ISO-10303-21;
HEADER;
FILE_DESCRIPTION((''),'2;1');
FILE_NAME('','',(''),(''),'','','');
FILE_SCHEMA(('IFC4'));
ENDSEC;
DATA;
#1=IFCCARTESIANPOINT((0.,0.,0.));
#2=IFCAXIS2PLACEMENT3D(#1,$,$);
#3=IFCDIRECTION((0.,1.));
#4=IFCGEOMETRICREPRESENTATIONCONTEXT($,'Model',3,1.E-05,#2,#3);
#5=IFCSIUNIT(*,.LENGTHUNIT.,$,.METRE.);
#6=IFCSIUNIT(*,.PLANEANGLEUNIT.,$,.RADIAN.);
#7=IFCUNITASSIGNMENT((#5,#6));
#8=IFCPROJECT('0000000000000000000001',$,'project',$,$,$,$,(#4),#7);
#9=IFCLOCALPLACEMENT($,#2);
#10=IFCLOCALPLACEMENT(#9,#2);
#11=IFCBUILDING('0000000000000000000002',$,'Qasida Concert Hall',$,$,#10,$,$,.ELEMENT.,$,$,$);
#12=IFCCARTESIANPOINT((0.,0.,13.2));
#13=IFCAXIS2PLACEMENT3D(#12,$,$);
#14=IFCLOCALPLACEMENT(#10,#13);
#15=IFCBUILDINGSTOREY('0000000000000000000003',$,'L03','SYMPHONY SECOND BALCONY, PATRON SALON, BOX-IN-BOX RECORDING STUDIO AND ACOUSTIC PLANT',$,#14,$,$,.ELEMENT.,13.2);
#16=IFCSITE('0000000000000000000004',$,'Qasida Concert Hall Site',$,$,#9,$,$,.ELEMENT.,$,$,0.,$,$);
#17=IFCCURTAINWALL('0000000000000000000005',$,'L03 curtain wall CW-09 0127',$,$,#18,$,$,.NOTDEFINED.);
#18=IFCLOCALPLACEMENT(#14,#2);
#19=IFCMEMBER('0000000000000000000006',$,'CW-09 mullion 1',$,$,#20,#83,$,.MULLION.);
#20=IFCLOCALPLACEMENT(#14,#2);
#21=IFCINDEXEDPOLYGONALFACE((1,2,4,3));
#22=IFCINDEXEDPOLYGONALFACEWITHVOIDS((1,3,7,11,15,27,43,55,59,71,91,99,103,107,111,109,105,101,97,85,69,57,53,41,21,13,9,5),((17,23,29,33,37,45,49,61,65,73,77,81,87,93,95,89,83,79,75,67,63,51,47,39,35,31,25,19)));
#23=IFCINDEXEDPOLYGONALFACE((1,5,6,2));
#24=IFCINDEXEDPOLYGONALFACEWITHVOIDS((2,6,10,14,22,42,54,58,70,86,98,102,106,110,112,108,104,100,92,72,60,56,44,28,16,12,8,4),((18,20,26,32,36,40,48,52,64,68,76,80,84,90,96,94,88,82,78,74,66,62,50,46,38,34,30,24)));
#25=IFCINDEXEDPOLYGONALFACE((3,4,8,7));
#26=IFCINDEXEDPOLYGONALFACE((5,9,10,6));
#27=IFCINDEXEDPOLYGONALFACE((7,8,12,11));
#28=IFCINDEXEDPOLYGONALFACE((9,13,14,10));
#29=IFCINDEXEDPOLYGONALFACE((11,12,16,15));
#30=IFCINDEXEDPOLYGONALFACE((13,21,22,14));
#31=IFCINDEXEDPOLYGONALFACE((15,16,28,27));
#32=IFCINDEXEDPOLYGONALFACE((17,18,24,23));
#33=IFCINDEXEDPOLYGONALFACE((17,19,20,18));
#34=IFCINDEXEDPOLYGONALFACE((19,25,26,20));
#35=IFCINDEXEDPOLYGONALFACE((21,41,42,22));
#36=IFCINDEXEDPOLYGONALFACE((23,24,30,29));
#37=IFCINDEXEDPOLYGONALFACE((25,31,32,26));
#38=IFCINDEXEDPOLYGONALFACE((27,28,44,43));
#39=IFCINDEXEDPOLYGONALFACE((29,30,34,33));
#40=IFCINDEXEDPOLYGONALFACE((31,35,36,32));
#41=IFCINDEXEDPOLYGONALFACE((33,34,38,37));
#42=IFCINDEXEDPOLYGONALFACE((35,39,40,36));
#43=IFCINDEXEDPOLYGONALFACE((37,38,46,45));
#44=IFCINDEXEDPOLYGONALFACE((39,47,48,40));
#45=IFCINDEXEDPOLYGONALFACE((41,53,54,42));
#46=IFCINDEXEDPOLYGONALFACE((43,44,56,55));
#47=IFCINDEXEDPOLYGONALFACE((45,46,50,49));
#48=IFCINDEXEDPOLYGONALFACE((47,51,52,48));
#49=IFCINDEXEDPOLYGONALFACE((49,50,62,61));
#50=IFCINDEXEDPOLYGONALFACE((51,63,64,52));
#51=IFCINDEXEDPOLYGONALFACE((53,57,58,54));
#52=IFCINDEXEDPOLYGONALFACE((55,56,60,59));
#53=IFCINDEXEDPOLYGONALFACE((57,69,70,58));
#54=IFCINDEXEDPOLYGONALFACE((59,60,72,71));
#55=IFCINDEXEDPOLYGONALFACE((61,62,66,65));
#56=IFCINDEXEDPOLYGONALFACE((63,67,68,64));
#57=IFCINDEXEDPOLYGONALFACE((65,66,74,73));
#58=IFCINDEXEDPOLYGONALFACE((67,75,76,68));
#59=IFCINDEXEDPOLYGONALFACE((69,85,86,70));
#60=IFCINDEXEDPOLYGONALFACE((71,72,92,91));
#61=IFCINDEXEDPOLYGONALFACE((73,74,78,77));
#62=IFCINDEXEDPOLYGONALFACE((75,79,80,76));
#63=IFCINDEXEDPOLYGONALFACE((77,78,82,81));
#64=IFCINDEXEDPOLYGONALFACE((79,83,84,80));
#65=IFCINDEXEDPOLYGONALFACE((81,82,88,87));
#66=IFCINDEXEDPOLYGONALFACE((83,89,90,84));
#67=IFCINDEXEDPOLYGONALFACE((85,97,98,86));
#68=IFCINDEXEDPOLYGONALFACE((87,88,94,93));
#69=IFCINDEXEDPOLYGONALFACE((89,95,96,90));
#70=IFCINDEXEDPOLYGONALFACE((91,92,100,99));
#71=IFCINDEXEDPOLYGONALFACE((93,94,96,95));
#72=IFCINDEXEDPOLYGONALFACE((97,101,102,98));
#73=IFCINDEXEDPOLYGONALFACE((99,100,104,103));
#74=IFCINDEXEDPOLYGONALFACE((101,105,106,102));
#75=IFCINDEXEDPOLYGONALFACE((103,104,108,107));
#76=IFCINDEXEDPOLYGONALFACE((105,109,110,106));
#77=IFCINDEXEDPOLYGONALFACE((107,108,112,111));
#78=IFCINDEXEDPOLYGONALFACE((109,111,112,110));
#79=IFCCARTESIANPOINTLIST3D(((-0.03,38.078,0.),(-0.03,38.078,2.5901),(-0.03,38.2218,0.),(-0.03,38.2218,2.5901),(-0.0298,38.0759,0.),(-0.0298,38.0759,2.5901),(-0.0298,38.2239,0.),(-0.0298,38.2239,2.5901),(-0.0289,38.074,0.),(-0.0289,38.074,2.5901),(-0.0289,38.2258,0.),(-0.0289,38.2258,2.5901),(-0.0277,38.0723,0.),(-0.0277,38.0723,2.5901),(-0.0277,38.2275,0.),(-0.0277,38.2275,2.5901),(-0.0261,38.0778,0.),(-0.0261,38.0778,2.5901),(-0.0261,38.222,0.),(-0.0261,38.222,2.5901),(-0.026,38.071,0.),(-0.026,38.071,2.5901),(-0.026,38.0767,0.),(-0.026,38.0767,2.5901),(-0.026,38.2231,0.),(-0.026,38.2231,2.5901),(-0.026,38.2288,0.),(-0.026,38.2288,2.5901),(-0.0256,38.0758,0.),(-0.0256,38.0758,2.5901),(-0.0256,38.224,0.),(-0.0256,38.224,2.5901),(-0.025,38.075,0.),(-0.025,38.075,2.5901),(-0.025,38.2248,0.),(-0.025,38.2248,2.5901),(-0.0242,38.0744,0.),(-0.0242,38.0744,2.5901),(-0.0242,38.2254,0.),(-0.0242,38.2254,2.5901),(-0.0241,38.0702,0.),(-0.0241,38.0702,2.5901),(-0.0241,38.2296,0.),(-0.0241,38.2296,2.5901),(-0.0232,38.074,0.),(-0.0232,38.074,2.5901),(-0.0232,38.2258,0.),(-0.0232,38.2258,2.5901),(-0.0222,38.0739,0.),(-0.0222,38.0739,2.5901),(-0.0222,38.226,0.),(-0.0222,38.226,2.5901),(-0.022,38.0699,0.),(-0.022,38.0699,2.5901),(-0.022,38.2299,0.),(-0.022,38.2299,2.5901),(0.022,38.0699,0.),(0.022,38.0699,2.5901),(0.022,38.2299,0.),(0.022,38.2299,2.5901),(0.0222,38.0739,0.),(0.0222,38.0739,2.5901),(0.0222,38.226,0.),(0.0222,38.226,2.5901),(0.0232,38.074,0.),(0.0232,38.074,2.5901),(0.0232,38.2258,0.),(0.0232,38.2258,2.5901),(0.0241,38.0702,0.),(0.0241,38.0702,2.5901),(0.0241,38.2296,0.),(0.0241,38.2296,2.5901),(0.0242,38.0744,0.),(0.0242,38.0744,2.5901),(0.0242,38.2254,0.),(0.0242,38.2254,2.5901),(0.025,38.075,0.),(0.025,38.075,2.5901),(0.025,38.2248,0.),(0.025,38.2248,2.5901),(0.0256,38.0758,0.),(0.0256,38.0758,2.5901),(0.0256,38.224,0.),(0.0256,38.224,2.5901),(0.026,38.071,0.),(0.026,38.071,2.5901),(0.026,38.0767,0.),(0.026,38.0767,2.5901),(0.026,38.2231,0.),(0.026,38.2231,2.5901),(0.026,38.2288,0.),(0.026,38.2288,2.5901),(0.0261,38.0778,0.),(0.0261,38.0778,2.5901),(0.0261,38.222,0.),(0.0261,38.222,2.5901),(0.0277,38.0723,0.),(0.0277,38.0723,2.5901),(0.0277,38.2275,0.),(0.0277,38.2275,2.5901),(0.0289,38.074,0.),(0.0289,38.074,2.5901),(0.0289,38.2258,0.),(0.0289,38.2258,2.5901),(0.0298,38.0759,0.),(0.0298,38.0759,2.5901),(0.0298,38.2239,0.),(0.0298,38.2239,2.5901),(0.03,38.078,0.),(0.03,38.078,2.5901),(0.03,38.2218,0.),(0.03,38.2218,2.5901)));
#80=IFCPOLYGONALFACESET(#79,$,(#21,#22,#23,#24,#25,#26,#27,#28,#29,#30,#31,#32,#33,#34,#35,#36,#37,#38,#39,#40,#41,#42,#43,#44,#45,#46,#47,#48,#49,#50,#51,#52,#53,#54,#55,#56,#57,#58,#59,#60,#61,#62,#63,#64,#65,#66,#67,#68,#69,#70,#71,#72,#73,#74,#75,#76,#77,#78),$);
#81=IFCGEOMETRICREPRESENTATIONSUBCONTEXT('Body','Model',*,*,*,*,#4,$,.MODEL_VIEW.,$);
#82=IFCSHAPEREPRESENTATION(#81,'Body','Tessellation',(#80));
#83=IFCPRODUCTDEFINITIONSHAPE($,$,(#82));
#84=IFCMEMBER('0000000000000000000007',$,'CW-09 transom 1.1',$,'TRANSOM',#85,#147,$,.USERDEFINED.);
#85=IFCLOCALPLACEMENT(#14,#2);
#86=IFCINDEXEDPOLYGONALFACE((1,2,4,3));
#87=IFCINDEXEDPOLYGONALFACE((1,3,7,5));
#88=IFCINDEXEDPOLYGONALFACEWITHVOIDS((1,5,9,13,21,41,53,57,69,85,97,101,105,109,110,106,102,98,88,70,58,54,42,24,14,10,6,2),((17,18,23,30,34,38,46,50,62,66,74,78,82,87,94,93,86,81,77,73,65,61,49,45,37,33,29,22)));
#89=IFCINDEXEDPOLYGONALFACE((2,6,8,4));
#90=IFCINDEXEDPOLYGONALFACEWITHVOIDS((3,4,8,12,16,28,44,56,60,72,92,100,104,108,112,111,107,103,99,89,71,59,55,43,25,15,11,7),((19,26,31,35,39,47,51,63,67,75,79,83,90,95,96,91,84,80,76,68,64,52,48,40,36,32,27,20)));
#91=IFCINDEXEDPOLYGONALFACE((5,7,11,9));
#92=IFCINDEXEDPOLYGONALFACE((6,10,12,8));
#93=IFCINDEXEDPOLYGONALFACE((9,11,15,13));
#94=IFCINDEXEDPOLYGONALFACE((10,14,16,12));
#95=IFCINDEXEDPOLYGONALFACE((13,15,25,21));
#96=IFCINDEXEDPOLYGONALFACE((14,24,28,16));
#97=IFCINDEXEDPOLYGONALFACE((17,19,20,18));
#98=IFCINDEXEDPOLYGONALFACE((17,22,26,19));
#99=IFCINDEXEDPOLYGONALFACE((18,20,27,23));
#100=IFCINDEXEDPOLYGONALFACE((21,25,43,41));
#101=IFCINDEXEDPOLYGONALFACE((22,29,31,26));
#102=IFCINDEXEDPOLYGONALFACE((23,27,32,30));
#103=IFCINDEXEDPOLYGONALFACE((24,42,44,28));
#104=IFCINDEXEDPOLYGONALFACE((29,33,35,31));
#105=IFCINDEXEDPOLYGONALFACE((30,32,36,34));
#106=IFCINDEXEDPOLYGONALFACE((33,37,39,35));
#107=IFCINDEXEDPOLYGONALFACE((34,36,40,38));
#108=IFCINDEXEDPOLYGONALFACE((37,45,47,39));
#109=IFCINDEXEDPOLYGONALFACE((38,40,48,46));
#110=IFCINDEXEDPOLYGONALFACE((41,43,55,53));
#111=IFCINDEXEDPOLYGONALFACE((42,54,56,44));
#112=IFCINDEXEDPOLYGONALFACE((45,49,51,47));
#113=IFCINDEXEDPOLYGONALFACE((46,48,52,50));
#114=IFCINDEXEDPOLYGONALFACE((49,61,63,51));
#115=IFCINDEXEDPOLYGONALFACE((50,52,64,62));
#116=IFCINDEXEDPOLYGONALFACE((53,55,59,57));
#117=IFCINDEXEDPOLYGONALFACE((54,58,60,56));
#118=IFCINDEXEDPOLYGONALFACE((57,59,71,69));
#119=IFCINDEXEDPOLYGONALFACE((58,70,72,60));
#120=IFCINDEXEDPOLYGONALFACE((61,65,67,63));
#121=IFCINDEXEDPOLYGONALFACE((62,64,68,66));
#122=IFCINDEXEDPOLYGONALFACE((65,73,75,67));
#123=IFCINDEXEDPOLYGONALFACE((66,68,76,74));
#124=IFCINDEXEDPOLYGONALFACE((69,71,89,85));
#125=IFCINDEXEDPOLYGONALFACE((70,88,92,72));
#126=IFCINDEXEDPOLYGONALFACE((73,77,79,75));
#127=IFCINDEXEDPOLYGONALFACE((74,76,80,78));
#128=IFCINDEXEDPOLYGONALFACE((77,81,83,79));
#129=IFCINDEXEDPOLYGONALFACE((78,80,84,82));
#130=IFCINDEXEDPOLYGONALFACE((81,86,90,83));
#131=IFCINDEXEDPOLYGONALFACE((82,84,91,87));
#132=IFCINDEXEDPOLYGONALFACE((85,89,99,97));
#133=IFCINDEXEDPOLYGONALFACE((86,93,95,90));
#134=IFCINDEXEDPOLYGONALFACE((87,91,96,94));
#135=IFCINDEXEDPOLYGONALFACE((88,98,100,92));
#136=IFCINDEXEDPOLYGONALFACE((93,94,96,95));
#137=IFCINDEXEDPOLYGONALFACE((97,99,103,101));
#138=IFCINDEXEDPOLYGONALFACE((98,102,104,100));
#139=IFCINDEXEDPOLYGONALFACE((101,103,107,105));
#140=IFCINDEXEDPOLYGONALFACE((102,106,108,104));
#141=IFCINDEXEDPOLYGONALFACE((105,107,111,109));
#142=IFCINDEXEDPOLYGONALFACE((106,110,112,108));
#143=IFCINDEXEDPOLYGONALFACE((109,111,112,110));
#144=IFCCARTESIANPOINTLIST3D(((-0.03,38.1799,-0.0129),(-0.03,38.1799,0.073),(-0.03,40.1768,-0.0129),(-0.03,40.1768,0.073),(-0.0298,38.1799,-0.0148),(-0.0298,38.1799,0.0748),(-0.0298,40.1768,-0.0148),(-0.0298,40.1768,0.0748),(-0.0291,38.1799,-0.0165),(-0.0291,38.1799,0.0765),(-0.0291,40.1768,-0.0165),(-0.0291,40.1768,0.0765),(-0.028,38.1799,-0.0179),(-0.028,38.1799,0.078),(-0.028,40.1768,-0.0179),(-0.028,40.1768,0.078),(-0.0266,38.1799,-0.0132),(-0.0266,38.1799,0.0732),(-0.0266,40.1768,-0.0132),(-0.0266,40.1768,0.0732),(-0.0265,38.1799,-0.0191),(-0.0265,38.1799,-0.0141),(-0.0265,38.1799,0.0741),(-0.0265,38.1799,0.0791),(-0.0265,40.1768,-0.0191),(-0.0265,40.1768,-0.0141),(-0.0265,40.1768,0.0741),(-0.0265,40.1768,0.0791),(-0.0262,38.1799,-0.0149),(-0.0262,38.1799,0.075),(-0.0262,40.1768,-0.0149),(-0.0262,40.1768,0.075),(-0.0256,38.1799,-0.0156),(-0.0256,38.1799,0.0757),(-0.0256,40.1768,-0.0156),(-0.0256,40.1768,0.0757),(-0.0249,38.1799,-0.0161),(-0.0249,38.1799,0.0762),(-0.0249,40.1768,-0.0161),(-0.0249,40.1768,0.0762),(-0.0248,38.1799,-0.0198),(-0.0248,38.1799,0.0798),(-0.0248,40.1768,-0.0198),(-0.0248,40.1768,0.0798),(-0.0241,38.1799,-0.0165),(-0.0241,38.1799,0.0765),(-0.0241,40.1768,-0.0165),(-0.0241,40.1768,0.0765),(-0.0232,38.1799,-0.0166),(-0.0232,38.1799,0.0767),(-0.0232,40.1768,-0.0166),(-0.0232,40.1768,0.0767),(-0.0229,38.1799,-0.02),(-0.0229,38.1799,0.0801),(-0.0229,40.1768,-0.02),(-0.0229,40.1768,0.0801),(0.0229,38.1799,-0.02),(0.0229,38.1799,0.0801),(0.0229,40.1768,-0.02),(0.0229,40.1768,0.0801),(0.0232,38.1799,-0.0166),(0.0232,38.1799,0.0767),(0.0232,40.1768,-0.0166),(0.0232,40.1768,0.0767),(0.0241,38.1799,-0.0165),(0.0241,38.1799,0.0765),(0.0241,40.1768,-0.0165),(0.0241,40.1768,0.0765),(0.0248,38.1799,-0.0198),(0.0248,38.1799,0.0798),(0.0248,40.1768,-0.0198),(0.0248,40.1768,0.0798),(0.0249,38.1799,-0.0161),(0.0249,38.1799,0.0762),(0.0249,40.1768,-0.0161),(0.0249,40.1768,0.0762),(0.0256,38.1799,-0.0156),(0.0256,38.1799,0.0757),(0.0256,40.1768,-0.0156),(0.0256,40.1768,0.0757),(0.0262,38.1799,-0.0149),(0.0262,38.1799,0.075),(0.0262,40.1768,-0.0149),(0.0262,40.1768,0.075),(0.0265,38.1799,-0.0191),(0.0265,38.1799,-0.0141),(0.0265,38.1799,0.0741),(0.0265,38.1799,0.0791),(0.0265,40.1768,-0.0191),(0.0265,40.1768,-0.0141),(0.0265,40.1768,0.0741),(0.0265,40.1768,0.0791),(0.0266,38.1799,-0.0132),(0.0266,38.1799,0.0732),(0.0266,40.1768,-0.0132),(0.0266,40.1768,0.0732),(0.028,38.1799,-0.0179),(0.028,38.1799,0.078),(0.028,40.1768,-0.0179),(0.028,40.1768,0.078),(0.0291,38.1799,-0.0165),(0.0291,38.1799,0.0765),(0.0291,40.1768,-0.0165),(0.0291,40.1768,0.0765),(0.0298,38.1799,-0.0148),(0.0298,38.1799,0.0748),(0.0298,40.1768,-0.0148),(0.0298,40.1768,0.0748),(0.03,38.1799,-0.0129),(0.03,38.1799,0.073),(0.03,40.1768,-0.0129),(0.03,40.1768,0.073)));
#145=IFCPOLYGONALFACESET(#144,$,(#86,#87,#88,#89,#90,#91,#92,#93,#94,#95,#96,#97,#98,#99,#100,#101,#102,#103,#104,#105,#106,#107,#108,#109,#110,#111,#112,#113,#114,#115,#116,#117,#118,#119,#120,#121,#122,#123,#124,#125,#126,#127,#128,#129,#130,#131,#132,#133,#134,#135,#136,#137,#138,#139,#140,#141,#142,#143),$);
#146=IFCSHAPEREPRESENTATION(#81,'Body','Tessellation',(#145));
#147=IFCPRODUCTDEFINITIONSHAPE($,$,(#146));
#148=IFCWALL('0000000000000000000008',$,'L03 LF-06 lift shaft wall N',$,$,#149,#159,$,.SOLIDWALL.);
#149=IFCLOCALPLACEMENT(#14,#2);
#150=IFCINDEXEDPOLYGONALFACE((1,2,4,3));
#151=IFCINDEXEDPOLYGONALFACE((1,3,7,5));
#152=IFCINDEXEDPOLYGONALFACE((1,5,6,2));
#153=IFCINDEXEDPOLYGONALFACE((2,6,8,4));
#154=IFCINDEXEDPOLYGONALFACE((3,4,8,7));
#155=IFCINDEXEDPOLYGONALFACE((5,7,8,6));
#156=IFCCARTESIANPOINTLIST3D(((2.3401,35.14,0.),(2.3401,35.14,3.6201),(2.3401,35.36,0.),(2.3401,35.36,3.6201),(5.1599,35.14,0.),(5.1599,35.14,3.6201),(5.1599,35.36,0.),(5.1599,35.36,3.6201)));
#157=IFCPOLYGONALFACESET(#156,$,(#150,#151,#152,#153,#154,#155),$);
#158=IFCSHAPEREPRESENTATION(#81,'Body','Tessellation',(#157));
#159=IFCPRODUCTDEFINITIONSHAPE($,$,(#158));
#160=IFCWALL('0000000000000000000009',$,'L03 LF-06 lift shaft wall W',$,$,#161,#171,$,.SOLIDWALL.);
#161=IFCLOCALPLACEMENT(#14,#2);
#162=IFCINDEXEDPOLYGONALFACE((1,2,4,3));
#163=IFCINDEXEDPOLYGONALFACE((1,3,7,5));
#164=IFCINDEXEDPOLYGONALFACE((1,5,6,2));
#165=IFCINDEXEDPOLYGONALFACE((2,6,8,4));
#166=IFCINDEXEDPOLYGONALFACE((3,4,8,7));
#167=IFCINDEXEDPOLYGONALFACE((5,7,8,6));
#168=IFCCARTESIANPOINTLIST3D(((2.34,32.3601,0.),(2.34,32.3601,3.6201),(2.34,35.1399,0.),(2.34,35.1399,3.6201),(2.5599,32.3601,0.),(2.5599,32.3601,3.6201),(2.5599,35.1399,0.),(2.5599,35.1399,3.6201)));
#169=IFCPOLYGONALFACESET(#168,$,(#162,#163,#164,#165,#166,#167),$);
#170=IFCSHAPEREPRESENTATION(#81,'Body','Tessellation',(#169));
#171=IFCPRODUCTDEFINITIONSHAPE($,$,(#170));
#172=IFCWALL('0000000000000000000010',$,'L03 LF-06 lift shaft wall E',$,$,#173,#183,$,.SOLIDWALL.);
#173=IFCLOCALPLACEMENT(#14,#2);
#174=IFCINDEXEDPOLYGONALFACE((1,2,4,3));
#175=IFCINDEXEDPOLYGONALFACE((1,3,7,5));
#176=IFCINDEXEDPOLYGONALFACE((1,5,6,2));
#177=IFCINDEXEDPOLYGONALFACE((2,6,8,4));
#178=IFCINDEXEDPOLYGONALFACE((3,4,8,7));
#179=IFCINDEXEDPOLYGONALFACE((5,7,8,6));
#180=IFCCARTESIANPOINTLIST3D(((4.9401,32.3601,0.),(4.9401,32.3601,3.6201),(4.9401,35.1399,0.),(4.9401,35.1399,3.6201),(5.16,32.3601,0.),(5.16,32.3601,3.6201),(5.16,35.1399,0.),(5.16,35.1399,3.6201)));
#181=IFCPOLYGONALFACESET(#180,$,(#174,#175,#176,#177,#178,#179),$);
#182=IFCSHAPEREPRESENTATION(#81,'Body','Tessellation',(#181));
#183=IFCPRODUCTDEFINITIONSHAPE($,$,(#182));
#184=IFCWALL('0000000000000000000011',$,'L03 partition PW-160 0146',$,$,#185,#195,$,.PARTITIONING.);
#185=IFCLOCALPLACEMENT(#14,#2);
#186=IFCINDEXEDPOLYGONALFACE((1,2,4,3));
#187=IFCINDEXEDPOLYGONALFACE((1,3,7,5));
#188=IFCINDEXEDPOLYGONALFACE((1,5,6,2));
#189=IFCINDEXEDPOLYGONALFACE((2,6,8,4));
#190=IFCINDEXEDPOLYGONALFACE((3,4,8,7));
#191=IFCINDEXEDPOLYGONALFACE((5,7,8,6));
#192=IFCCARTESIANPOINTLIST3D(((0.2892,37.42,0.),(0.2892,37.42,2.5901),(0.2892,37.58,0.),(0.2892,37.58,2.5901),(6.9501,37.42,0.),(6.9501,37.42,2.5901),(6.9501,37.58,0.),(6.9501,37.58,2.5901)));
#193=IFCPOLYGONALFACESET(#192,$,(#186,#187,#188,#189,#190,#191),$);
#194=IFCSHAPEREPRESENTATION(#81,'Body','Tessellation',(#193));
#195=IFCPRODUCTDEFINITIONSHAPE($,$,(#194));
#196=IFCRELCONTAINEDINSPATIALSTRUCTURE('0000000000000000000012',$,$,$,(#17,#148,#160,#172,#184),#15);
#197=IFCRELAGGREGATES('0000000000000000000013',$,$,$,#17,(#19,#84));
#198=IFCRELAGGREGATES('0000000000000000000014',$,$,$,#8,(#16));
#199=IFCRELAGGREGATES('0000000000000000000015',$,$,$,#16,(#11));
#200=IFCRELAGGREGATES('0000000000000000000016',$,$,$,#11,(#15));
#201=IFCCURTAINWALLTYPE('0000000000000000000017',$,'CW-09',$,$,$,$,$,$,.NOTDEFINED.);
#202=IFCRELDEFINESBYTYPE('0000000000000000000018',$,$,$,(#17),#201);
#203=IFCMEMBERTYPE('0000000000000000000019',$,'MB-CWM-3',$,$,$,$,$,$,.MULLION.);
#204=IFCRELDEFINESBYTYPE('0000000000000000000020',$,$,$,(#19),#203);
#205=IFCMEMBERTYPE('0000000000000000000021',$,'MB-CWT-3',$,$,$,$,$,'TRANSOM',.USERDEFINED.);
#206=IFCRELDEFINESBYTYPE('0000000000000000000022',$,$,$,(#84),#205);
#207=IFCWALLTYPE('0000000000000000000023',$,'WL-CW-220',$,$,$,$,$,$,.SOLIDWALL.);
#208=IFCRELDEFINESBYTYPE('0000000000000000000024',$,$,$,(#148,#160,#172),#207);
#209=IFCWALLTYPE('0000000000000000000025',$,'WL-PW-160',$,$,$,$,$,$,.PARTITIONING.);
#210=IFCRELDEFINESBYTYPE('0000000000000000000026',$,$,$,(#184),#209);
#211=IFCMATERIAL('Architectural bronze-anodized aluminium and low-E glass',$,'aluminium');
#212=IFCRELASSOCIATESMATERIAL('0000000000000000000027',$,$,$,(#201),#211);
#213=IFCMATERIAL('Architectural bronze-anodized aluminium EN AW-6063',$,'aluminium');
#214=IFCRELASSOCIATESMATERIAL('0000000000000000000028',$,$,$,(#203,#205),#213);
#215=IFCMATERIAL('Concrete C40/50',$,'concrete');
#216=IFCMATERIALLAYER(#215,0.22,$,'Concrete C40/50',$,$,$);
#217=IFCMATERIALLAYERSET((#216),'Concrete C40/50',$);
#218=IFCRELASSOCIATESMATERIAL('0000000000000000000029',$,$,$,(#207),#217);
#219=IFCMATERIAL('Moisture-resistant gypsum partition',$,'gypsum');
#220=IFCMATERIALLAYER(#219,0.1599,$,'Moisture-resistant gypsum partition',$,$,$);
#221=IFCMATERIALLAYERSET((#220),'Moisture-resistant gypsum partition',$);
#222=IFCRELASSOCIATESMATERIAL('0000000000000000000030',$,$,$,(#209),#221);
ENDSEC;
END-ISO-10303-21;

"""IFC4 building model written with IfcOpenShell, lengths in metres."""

from ifc_helpers import new_model, si_unit, direction, frame, frame_2d, origin, origin_2d, place, context, subcontext, project, spatial, rectangle, hollow_rectangle, extrude, material, layer, layer_set, material_profile, profile_set, type_object, element, aggregate, save


model = new_model("IFC4")

# Units and contexts
model_context = context("Model", 3, precision=1e-05, world=origin(), true_north=direction((0.0, 1.0)))
body_context = subcontext(model_context, "Body", "Model", "MODEL_VIEW")
ifc_project = project(units=[si_unit("LENGTHUNIT", "METRE"), si_unit("PLANEANGLEUNIT", "RADIAN")], contexts=[model_context])

# Site, building, storey
site_placement = place(None, origin())
site = spatial("IfcSite", under=ifc_project, at=site_placement, Name="Qasida Concert Hall Site", CompositionType="ELEMENT", RefElevation=0.0)
building_placement = place(site_placement, origin())
building = spatial("IfcBuilding", under=site, at=building_placement, Name="Qasida Concert Hall", CompositionType="ELEMENT")
storey_placement = place(building_placement, frame((0.0, 0.0, 13.2)))
storey = spatial("IfcBuildingStorey", under=building, at=storey_placement, Name="L03", Description="SYMPHONY SECOND BALCONY, PATRON SALON, BOX-IN-BOX RECORDING STUDIO AND ACOUSTIC PLANT", CompositionType="ELEMENT", Elevation=13.2)

# Shared definitions
ifc_material_1 = material(Name="Concrete C40/50", Category="concrete")

# Curtain wall, members
ifc_material_2 = material(Name="Architectural bronze-anodized aluminium and low-E glass", Category="aluminium")
curtain_wall_type = type_object("IfcCurtainWallType", Name="CW-09", PredefinedType="NOTDEFINED", material=ifc_material_2)
curtain_wall_placement = place(storey_placement, origin())
curtain_wall = element("IfcCurtainWall", 1, at=curtain_wall_placement, inside=storey, type_object=curtain_wall_type, Name="L03 curtain wall CW-09 0127", PredefinedType="NOTDEFINED")
ifc_material_3 = material(Name="Architectural bronze-anodized aluminium EN AW-6063", Category="aluminium")
ifc_material_profile_1 = material_profile(ifc_material_3, hollow_rectangle(XDim=0.0601, YDim=0.1599, WallThickness=0.0039, InnerFilletRadius=0.0039, OuterFilletRadius=0.0081, at=origin_2d()), Name="CWM 160x60x4")
ifc_profile_set_1 = profile_set([ifc_material_profile_1], Name="Architectural bronze-anodized aluminium EN AW-6063")
member_type_1 = type_object("IfcMemberType", Name="MB-CWM-3", PredefinedType="MULLION", material=ifc_profile_set_1)
member_1_placement = place(storey_placement, frame((0.0, 38.1499, 0.0), z_axis=(0.0, 0.0, 1.0), x_axis=(-1.0, 0.0, 0.0)))
member_1 = element("IfcMember", 2, at=member_1_placement, type_object=member_type_1, Name="CW-09 mullion 1", PredefinedType="MULLION", context=body_context, shape_type="SweptSolid", body=[
    extrude(hollow_rectangle(XDim=0.0601, YDim=0.1599, WallThickness=0.0039, InnerFilletRadius=0.0039, OuterFilletRadius=0.0081, at=origin_2d()), origin(), (0.0, 0.0, 1.0), 2.5901),
])
ifc_material_profile_2 = material_profile(ifc_material_3, hollow_rectangle(XDim=0.0601, YDim=0.1001, WallThickness=0.0034, InnerFilletRadius=0.0034, OuterFilletRadius=0.0071, at=origin_2d()), Name="CWT 100x60x3.5")
ifc_profile_set_2 = profile_set([ifc_material_profile_2], Name="Architectural bronze-anodized aluminium EN AW-6063")
member_type_2 = type_object("IfcMemberType", Name="MB-CWT-3", ElementType="TRANSOM", PredefinedType="USERDEFINED", material=ifc_profile_set_2)
member_2_placement = place(storey_placement, frame((0.0, 38.1799, 0.03), z_axis=(0.0, 1.0, 0.0), x_axis=(-1.0, 0.0, 0.0)))
member_2 = element("IfcMember", 3, at=member_2_placement, type_object=member_type_2, Name="CW-09 transom 1.1", ObjectType="TRANSOM", PredefinedType="USERDEFINED", context=body_context, shape_type="SweptSolid", body=[
    extrude(hollow_rectangle(XDim=0.0601, YDim=0.1001, WallThickness=0.0034, InnerFilletRadius=0.0034, OuterFilletRadius=0.0071, at=origin_2d()), origin(), (0.0, 0.0, 1.0), 1.9968),
])
aggregate(curtain_wall, [member_1, member_2])

# Shared definitions
ifc_layer_1 = layer(ifc_material_1, 0.22, Name="Concrete C40/50")
ifc_layer_set_1 = layer_set([ifc_layer_1], Name="Concrete C40/50")
wall_type_1 = type_object("IfcWallType", Name="WL-CW-220", PredefinedType="SOLIDWALL", material=ifc_layer_set_1)

# Walls
wall_1_placement = place(storey_placement, frame((2.3401, 35.25, 0.0), z_axis=(0.0, 0.0, 1.0), x_axis=(1.0, 0.0, 0.0)))
element("IfcWall", 4, at=wall_1_placement, inside=storey, type_object=wall_type_1, Name="L03 LF-06 lift shaft wall N", PredefinedType="SOLIDWALL", context=body_context, shape_type="SweptSolid", body=[
    extrude(rectangle(XDim=2.8198, YDim=0.22, at=frame_2d((1.4099, 0.0))), origin(), (0.0, 0.0, 1.0), 3.6201),
])
for number, where, z_axis, x_axis, name in (
    (5, (2.45, 32.3601, 0.0), (0.0, 0.0, 1.0), (0.0, 1.0, 0.0), "L03 LF-06 lift shaft wall W"),
    (6, (5.05, 32.3601, 0.0), (0.0, 0.0, 1.0), (0.0, 1.0, 0.0), "L03 LF-06 lift shaft wall E"),
):
    element("IfcWall", number, at=place(storey_placement, frame(where, z_axis=z_axis, x_axis=x_axis)), inside=storey, type_object=wall_type_1, Name=name, PredefinedType="SOLIDWALL", context=body_context, shape_type="SweptSolid", body=[
        extrude(rectangle(XDim=2.7798, YDim=0.22, at=frame_2d((1.3899, 0.0))), origin(), (0.0, 0.0, 1.0), 3.6201),
    ])
ifc_material_4 = material(Name="Moisture-resistant gypsum partition", Category="gypsum")
ifc_layer_2 = layer(ifc_material_4, 0.1599, Name="Moisture-resistant gypsum partition")
ifc_layer_set_2 = layer_set([ifc_layer_2], Name="Moisture-resistant gypsum partition")
wall_type_2 = type_object("IfcWallType", Name="WL-PW-160", PredefinedType="PARTITIONING", material=ifc_layer_set_2)
wall_2_placement = place(storey_placement, frame((0.2891, 37.5, 0.0), z_axis=(0.0, 0.0, 1.0), x_axis=(1.0, 0.0, 0.0)))
element("IfcWall", 7, at=wall_2_placement, inside=storey, type_object=wall_type_2, Name="L03 partition PW-160 0146", PredefinedType="PARTITIONING", context=body_context, shape_type="SweptSolid", body=[
    extrude(rectangle(XDim=6.6609, YDim=0.1599, at=frame_2d((3.3306, 0.0))), origin(), (0.0, 0.0, 1.0), 2.5901),
])

save(model, "model.ifc")
